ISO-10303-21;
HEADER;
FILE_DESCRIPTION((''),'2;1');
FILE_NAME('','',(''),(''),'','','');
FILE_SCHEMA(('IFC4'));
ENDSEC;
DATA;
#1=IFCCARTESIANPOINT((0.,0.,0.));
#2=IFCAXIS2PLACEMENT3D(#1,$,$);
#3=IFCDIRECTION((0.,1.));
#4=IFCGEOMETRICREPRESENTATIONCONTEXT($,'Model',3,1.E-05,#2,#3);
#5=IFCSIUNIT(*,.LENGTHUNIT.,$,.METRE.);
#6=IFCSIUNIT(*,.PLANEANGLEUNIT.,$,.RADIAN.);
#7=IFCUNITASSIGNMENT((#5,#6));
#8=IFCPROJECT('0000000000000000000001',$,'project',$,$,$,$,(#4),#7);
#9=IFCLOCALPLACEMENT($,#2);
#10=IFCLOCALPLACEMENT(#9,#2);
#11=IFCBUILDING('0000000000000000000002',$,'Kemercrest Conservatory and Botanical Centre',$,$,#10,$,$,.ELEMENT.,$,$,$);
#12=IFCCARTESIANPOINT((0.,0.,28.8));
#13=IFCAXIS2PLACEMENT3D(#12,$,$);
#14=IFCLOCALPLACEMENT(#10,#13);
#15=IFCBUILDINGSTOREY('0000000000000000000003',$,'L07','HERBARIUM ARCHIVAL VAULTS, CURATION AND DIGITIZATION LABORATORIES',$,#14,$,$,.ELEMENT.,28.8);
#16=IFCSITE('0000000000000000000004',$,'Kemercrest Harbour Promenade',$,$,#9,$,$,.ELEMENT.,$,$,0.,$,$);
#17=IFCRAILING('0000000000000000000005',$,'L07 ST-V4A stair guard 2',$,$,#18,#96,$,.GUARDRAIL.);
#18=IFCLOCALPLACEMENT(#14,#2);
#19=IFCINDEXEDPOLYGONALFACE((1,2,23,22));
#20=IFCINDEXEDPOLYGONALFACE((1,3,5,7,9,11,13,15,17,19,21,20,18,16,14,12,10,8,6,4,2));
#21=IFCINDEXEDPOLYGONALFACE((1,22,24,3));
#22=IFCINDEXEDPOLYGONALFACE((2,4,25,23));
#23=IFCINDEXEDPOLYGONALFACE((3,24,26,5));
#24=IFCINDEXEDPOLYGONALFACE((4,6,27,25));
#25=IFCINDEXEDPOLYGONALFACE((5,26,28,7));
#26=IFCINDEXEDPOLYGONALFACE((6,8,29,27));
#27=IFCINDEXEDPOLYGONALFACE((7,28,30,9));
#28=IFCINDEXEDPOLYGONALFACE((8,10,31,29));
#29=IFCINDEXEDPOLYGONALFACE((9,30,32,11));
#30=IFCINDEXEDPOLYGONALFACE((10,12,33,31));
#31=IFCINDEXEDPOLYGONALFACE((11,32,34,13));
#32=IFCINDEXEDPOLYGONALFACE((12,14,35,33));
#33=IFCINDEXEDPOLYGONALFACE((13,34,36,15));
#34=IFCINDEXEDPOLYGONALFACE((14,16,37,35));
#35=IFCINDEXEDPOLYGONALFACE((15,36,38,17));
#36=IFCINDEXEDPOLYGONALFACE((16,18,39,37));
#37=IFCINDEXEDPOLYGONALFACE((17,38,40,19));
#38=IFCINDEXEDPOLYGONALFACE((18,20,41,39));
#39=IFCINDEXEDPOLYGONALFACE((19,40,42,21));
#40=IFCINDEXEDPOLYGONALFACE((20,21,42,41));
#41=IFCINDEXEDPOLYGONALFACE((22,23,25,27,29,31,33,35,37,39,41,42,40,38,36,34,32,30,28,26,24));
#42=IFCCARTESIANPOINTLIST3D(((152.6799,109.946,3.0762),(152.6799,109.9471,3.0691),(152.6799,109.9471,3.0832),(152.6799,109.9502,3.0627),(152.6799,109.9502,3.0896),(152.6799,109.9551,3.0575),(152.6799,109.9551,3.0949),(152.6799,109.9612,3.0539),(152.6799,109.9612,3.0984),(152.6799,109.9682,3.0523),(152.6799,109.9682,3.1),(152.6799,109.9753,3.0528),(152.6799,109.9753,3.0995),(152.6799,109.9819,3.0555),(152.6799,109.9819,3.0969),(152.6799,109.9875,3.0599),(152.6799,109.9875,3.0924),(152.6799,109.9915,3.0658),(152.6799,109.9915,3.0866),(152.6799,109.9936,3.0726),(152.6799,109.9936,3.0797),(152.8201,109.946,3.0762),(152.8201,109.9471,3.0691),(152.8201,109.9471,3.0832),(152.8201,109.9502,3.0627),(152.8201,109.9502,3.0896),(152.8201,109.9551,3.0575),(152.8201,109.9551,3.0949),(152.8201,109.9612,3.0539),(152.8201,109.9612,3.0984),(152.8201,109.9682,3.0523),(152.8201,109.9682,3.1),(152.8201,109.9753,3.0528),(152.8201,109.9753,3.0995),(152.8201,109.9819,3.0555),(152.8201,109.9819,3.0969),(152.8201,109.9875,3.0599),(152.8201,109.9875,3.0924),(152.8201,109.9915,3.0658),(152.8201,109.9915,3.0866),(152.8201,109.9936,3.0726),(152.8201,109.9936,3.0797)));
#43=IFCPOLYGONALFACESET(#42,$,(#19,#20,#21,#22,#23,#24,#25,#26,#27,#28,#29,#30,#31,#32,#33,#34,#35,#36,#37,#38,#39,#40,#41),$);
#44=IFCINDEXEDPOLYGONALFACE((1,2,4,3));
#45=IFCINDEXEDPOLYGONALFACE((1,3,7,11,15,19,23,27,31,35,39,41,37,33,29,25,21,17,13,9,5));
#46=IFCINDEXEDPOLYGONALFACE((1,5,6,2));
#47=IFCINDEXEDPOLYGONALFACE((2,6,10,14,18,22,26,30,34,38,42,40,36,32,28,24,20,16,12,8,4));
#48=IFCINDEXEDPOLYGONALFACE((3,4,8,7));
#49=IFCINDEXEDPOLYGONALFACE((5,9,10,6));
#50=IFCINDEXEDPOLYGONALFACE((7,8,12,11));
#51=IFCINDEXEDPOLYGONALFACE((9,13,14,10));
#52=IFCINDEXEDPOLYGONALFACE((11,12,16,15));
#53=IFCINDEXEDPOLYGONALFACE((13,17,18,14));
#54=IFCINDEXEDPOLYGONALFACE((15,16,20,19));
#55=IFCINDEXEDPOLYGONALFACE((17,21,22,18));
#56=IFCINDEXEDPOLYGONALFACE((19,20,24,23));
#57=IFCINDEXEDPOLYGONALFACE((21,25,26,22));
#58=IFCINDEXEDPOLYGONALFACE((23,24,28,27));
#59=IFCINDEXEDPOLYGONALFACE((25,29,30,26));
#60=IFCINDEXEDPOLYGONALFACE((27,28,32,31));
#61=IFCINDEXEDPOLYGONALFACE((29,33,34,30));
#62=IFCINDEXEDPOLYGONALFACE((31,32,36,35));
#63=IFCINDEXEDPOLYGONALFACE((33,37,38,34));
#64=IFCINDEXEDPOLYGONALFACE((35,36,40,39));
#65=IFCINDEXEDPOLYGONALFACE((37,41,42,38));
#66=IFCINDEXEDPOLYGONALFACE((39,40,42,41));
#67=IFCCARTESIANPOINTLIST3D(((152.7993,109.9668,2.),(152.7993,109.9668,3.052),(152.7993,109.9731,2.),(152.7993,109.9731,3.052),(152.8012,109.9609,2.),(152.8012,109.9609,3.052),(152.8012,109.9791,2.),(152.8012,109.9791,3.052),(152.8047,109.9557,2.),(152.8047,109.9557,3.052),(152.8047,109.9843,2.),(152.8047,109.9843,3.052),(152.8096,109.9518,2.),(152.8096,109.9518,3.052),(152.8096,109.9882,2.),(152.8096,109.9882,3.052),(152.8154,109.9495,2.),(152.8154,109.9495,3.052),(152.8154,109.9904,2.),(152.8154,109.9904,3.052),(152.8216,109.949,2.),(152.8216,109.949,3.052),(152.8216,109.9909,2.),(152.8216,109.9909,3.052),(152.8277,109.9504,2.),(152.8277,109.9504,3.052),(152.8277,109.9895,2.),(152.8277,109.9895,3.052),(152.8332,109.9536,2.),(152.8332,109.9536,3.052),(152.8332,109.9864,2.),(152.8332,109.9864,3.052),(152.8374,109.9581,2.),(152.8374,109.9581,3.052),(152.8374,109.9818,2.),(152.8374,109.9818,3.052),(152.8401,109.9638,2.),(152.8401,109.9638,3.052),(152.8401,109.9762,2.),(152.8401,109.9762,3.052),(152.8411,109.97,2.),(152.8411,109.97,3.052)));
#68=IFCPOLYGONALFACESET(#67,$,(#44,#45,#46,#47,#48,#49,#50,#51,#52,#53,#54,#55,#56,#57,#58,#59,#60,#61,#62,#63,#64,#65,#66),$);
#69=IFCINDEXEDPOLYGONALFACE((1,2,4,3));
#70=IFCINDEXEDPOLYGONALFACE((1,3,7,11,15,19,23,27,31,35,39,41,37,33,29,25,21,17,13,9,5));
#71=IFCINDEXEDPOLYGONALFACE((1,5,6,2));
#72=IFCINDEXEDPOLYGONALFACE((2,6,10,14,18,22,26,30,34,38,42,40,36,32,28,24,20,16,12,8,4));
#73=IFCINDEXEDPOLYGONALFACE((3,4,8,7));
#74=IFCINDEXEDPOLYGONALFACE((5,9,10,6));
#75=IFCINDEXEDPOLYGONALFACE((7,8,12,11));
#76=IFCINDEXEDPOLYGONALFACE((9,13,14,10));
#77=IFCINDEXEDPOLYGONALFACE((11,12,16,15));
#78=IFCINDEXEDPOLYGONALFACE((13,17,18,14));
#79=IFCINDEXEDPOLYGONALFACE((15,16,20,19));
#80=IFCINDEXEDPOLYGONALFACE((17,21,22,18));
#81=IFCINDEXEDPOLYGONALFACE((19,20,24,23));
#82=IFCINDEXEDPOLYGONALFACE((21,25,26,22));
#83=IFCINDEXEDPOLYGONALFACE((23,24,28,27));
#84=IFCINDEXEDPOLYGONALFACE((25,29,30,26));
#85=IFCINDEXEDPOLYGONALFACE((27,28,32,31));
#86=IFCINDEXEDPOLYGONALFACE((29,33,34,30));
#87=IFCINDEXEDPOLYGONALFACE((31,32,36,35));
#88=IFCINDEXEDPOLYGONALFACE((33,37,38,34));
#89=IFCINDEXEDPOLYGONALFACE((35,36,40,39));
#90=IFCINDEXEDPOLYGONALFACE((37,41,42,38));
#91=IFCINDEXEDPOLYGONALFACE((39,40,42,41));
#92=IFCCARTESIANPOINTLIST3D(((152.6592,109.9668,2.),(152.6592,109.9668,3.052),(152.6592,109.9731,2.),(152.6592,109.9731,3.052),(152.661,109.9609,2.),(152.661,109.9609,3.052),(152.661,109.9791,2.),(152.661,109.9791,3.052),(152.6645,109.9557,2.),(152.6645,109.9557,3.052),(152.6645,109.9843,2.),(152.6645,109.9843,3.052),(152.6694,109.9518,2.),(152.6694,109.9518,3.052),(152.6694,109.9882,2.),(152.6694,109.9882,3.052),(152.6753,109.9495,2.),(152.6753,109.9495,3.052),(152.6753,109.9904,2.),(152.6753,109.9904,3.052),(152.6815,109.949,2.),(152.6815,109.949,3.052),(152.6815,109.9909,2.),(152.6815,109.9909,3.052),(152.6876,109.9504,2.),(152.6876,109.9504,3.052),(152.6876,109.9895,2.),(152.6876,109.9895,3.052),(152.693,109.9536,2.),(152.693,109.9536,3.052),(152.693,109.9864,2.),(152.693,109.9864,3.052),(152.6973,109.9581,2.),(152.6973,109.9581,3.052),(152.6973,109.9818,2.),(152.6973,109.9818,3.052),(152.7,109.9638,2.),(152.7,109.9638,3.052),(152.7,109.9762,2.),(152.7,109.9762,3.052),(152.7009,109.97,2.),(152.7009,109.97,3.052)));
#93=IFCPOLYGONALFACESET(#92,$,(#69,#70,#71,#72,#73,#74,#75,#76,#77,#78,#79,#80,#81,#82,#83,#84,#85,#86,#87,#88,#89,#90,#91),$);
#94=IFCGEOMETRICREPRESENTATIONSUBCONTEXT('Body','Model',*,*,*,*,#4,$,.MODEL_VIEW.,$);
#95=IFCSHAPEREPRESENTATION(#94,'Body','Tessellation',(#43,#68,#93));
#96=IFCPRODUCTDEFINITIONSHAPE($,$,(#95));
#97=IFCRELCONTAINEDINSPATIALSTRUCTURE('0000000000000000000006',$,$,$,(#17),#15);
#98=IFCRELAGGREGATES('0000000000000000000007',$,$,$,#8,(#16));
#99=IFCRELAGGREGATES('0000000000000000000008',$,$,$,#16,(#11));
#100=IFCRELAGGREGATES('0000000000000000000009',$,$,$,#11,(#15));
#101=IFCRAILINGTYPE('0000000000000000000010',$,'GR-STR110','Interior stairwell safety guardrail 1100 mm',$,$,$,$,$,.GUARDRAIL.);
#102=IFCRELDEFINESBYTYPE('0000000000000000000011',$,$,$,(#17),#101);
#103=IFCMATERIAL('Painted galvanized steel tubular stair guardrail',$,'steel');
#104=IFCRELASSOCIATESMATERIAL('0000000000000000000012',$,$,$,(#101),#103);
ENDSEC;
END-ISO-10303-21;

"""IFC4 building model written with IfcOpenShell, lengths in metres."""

from ifc_helpers import new_model, si_unit, direction, frame, origin, origin_2d, place, context, subcontext, project, spatial, circle, extrude, material, type_object, element, save


model = new_model("IFC4")

# Units and contexts
model_context = context("Model", 3, precision=1e-05, world=origin(), true_north=direction((0.0, 1.0)))
body_context = subcontext(model_context, "Body", "Model", "MODEL_VIEW")
ifc_project = project(units=[si_unit("LENGTHUNIT", "METRE"), si_unit("PLANEANGLEUNIT", "RADIAN")], contexts=[model_context])

# Site, building, storey
site_placement = place(None, origin())
site = spatial("IfcSite", under=ifc_project, at=site_placement, Name="Kemercrest Harbour Promenade", CompositionType="ELEMENT", RefElevation=0.0)
building_placement = place(site_placement, origin())
building = spatial("IfcBuilding", under=site, at=building_placement, Name="Kemercrest Conservatory and Botanical Centre", CompositionType="ELEMENT")
storey_placement = place(building_placement, frame((0.0, 0.0, 28.8)))
storey = spatial("IfcBuildingStorey", under=building, at=storey_placement, Name="L07", Description="HERBARIUM ARCHIVAL VAULTS, CURATION AND DIGITIZATION LABORATORIES", CompositionType="ELEMENT", Elevation=28.8)

# Railing
ifc_material_1 = material(Name="Painted galvanized steel tubular stair guardrail", Category="steel")
railing_type_1 = type_object("IfcRailingType", Name="GR-STR110", Description="Interior stairwell safety guardrail 1100 mm", PredefinedType="GUARDRAIL", material=ifc_material_1)
railing_1_placement = place(storey_placement, frame((152.8201, 109.97, 2.0)))
element("IfcRailing", 1, at=railing_1_placement, inside=storey, type_object=railing_type_1, Name="L07 ST-V4A stair guard 2", PredefinedType="GUARDRAIL", context=body_context, shape_type="SweptSolid", body=[
    extrude(circle(Radius=0.0239, at=origin_2d()), frame((0.0, 0.0, 1.0762), z_axis=(-1.0, 0.0, 0.0), x_axis=(0.0, -1.0, 0.0)), (0.0, 0.0, 1.0), 0.1401),
    extrude(circle(Radius=0.021, at=origin_2d()), origin(), (0.0, 0.0, 1.0), 1.052),
    extrude(circle(Radius=0.021, at=origin_2d()), frame((-0.1401, 0.0, 0.0)), (0.0, 0.0, 1.0), 1.052),
])

save(model, "model.ifc")
